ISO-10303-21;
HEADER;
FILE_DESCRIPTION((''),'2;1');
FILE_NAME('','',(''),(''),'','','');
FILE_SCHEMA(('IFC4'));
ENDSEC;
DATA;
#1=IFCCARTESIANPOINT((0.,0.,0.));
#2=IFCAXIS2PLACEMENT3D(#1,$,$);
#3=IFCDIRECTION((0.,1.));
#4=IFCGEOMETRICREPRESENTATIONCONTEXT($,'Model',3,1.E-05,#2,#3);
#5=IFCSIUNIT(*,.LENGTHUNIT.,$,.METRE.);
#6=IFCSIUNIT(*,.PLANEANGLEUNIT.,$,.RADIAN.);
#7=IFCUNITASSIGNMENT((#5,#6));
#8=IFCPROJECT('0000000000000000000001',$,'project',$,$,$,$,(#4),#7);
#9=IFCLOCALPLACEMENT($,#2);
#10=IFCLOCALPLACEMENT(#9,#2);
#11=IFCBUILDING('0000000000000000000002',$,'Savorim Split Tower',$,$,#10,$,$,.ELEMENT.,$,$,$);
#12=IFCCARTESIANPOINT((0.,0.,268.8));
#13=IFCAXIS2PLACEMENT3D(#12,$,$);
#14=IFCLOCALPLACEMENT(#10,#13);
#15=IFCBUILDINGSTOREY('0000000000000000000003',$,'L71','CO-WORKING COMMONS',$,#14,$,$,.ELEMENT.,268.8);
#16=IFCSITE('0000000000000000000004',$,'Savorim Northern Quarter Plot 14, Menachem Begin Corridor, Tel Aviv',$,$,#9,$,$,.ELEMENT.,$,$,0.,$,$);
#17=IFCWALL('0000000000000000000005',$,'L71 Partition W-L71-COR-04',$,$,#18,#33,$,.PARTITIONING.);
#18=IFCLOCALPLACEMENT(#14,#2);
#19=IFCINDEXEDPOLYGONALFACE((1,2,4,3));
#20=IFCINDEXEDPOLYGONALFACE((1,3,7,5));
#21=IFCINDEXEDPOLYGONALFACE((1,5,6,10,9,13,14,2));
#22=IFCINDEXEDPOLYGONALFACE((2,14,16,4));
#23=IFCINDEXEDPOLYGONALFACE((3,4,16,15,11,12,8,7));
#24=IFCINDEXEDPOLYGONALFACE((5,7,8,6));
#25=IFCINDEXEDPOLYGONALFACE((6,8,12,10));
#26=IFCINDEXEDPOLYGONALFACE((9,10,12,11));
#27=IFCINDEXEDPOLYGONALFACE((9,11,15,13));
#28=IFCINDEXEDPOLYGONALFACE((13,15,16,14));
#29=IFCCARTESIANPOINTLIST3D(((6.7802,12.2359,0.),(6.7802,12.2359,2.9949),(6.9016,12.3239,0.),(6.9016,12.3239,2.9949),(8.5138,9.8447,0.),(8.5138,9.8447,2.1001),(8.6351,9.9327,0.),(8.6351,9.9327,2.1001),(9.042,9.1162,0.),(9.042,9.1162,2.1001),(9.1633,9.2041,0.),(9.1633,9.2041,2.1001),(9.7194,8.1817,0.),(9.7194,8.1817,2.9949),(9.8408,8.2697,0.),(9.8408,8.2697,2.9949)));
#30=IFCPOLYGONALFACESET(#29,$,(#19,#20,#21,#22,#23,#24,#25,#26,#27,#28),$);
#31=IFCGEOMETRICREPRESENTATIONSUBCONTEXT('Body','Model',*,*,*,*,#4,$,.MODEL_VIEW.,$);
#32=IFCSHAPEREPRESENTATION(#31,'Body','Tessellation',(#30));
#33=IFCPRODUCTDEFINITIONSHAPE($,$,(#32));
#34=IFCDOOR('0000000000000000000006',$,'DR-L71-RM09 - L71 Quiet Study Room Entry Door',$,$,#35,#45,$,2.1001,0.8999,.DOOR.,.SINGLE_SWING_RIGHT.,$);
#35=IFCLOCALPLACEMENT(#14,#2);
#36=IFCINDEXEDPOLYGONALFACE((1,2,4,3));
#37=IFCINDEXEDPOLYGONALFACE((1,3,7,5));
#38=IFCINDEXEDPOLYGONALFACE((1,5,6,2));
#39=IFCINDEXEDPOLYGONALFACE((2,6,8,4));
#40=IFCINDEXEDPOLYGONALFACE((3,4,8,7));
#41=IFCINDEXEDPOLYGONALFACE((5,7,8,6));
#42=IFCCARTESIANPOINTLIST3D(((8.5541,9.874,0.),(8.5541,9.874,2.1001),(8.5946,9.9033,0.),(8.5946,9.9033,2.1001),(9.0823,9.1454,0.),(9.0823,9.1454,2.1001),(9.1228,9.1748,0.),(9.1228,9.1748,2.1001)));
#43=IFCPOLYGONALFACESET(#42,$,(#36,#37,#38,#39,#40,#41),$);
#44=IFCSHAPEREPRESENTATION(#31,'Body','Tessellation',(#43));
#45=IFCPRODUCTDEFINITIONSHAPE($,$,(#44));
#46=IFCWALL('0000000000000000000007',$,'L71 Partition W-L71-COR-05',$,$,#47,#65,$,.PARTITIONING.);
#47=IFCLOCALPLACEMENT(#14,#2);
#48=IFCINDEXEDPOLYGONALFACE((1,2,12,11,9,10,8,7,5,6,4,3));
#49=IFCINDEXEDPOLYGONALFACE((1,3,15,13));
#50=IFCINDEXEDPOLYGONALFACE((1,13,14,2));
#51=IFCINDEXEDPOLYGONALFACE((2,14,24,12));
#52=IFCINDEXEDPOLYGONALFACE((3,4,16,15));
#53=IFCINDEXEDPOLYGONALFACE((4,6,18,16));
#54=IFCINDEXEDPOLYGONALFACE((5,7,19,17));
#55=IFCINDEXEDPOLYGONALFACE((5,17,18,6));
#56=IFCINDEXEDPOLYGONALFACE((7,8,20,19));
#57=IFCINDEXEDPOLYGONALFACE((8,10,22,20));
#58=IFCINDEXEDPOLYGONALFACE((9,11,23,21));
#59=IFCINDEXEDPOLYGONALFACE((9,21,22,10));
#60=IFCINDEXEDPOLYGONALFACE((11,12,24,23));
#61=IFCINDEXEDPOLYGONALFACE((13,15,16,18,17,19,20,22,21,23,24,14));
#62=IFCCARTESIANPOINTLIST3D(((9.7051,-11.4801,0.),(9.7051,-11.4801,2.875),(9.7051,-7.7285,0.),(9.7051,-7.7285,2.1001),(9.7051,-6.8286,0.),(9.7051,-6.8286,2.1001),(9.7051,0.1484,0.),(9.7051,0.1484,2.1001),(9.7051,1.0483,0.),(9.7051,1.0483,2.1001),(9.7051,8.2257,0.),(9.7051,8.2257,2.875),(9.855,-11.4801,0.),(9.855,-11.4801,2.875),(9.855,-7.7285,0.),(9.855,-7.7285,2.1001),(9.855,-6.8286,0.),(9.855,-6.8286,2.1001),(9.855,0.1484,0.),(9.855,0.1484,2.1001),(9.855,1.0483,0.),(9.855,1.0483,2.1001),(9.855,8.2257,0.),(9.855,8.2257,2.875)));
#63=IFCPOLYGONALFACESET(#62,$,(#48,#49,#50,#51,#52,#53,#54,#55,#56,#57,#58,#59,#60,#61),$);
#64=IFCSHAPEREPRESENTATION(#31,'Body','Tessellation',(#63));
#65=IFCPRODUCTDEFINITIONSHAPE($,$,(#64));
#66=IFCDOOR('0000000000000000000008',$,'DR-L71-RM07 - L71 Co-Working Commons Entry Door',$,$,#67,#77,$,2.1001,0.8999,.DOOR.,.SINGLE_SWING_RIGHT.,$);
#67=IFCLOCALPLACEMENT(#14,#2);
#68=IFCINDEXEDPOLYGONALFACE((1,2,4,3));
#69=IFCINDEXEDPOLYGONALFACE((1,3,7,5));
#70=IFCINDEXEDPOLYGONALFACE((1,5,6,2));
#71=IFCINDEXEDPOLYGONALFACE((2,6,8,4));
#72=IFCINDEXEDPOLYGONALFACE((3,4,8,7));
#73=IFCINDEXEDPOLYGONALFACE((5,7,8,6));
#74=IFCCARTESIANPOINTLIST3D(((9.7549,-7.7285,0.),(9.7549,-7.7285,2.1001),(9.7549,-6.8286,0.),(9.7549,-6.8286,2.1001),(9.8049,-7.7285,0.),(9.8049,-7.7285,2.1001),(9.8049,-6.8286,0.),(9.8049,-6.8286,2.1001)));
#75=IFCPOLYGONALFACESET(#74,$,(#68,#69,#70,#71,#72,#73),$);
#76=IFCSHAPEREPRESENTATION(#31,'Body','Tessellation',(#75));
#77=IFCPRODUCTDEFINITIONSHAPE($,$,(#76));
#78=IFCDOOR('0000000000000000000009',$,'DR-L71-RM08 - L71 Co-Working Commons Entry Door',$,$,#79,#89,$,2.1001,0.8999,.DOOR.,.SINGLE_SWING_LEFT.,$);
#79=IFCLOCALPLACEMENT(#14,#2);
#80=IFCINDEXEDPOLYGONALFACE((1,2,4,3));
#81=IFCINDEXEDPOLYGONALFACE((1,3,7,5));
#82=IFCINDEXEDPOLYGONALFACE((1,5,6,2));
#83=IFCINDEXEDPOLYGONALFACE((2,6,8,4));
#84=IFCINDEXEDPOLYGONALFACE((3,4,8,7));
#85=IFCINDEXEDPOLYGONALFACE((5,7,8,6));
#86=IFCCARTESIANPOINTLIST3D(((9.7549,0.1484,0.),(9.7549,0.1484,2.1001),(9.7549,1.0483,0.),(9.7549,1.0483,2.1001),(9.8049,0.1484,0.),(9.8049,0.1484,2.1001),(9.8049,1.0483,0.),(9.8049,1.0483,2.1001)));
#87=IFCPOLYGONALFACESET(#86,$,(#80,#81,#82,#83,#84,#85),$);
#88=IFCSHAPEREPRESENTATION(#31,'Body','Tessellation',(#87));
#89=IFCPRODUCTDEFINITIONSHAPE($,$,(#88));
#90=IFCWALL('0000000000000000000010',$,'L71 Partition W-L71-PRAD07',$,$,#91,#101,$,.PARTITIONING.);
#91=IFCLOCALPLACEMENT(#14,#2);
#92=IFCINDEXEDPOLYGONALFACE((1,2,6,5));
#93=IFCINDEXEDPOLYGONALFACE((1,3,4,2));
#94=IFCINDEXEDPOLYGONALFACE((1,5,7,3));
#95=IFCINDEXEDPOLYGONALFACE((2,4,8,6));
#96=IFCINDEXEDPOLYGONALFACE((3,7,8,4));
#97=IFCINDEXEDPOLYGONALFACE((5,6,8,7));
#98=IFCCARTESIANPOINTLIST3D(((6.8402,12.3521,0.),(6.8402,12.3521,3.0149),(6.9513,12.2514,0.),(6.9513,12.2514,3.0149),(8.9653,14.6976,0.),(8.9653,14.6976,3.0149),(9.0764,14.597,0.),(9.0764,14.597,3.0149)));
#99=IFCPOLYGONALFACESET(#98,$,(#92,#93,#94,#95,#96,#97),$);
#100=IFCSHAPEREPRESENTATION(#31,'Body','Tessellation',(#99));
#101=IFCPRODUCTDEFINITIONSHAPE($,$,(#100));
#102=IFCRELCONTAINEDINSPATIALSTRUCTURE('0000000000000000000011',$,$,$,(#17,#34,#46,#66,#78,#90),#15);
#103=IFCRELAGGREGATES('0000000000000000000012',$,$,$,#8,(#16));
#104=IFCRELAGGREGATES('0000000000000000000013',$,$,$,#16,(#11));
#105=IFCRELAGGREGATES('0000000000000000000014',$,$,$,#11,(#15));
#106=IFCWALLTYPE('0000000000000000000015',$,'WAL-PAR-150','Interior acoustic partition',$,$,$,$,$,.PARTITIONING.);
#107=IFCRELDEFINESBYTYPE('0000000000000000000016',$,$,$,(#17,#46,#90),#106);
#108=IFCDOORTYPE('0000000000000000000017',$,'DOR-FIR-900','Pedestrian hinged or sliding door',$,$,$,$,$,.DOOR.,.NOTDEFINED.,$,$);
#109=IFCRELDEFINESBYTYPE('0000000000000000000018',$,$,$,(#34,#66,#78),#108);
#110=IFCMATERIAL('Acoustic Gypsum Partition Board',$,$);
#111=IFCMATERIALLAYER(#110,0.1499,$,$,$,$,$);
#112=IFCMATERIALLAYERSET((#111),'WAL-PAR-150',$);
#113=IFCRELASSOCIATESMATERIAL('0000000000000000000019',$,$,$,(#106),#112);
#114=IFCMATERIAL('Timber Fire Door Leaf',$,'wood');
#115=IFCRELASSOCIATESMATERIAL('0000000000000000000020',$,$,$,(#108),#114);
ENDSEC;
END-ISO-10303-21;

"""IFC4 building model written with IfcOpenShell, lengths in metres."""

from ifc_helpers import new_model, si_unit, direction, frame, frame_2d, origin, place, context, subcontext, project, spatial, rectangle, extrude, material, layer, layer_set, type_object, element, fill, save


model = new_model("IFC4")

# Units and contexts
model_context = context("Model", 3, precision=1e-05, world=origin(), true_north=direction((0.0, 1.0)))
body_context = subcontext(model_context, "Body", "Model", "MODEL_VIEW")
ifc_project = project(units=[si_unit("LENGTHUNIT", "METRE"), si_unit("PLANEANGLEUNIT", "RADIAN")], contexts=[model_context])

# Site, building, storey
site_placement = place(None, origin())
site = spatial("IfcSite", under=ifc_project, at=site_placement, Name="Savorim Northern Quarter Plot 14, Menachem Begin Corridor, Tel Aviv", CompositionType="ELEMENT", RefElevation=0.0)
building_placement = place(site_placement, origin())
building = spatial("IfcBuilding", under=site, at=building_placement, Name="Savorim Split Tower", CompositionType="ELEMENT")
storey_placement = place(building_placement, frame((0.0, 0.0, 268.8)))
storey = spatial("IfcBuildingStorey", under=building, at=storey_placement, Name="L71", Description="CO-WORKING COMMONS", CompositionType="ELEMENT", Elevation=268.8)

# Shared definitions
ifc_material_1 = material(Name="Timber Fire Door Leaf", Category="wood")

# Wall, opening, door
ifc_material_2 = material(Name="Acoustic Gypsum Partition Board")
ifc_layer_1 = layer(ifc_material_2, 0.1499)
ifc_layer_set_1 = layer_set([ifc_layer_1], Name="WAL-PAR-150")
wall_type_1 = type_object("IfcWallType", Name="WAL-PAR-150", Description="Interior acoustic partition", PredefinedType="PARTITIONING", material=ifc_layer_set_1)
wall_1_placement = place(storey_placement, frame((6.8408, 12.28, 0.0), z_axis=(0.0, 0.0, 1.0), x_axis=(0.586956, -0.809619, 0.0)))
wall_1 = element("IfcWall", 1, at=wall_1_placement, inside=storey, type_object=wall_type_1, Name="L71 Partition W-L71-COR-04", PredefinedType="PARTITIONING", context=body_context, shape_type="SweptSolid", body=[
    extrude(rectangle(XDim=5.0076, YDim=0.1499, at=frame_2d((2.5039, 0.0))), origin(), (0.0, 0.0, 1.0), 2.9949),
])
opening_1_placement = place(wall_1_placement, frame((2.9536, 0.0, 0.0)))
opening_1 = element("IfcOpeningElement", 2, at=opening_1_placement, cuts=wall_1, PredefinedType="OPENING", context=body_context, shape_type="SweptSolid", body=[
    extrude(rectangle(XDim=0.8999, YDim=2.1001, at=frame_2d((0.45, 1.05))), frame((0.0, 0.085, 0.0), z_axis=(0.0, -1.0, 0.0), x_axis=(1.0, 0.0, 0.0)), (0.0, 0.0, 1.0), 0.1699),
])
door_type_1 = type_object("IfcDoorType", Name="DOR-FIR-900", Description="Pedestrian hinged or sliding door", OperationType="NOTDEFINED", PredefinedType="DOOR", material=ifc_material_1)
door_1_placement = place(opening_1_placement, origin())
door_1 = element("IfcDoor", 3, at=door_1_placement, inside=storey, type_object=door_type_1, Name="DR-L71-RM09 - L71 Quiet Study Room Entry Door", OperationType="SINGLE_SWING_RIGHT", OverallHeight=2.1001, OverallWidth=0.8999, PredefinedType="DOOR", context=body_context, shape_type="SweptSolid", body=[
    extrude(rectangle(XDim=0.8999, YDim=2.1001, at=frame_2d((0.45, 1.05))), frame((0.0, 0.0249, 0.0), z_axis=(0.0, -1.0, 0.0), x_axis=(1.0, 0.0, 0.0)), (0.0, 0.0, 1.0), 0.05),
])
fill(opening_1, door_1)

# Wall, openings, doors
wall_2_placement = place(storey_placement, frame((9.78, 8.2258, 0.0), z_axis=(0.0, 0.0, 1.0), x_axis=(0.0, -1.0, 0.0)))
wall_2 = element("IfcWall", 4, at=wall_2_placement, inside=storey, type_object=wall_type_1, Name="L71 Partition W-L71-COR-05", PredefinedType="PARTITIONING", context=body_context, shape_type="SweptSolid", body=[
    extrude(rectangle(XDim=19.7058, YDim=0.1499, at=frame_2d((9.853, 0.0))), origin(), (0.0, 0.0, 1.0), 2.875),
])
opening_2_placement = place(wall_2_placement, frame((15.0544, 0.0, 0.0)))
opening_2 = element("IfcOpeningElement", 5, at=opening_2_placement, cuts=wall_2, PredefinedType="OPENING", context=body_context, shape_type="SweptSolid", body=[
    extrude(rectangle(XDim=0.8999, YDim=2.1001, at=frame_2d((0.45, 1.05))), frame((0.0, 0.085, 0.0), z_axis=(0.0, -1.0, 0.0), x_axis=(1.0, 0.0, 0.0)), (0.0, 0.0, 1.0), 0.1699),
])
opening_3_placement = place(wall_2_placement, frame((7.1775, 0.0, 0.0)))
opening_3 = element("IfcOpeningElement", 6, at=opening_3_placement, cuts=wall_2, PredefinedType="OPENING", context=body_context, shape_type="SweptSolid", body=[
    extrude(rectangle(XDim=0.8999, YDim=2.1001, at=frame_2d((0.45, 1.05))), frame((0.0, 0.085, 0.0), z_axis=(0.0, -1.0, 0.0), x_axis=(1.0, 0.0, 0.0)), (0.0, 0.0, 1.0), 0.1699),
])
door_2_placement = place(opening_2_placement, origin())
door_2 = element("IfcDoor", 7, at=door_2_placement, inside=storey, type_object=door_type_1, Name="DR-L71-RM07 - L71 Co-Working Commons Entry Door", OperationType="SINGLE_SWING_RIGHT", OverallHeight=2.1001, OverallWidth=0.8999, PredefinedType="DOOR", context=body_context, shape_type="SweptSolid", body=[
    extrude(rectangle(XDim=0.8999, YDim=2.1001, at=frame_2d((0.45, 1.05))), frame((0.0, 0.0249, 0.0), z_axis=(0.0, -1.0, 0.0), x_axis=(1.0, 0.0, 0.0)), (0.0, 0.0, 1.0), 0.05),
])
fill(opening_2, door_2)
door_3_placement = place(opening_3_placement, origin())
door_3 = element("IfcDoor", 8, at=door_3_placement, inside=storey, type_object=door_type_1, Name="DR-L71-RM08 - L71 Co-Working Commons Entry Door", OperationType="SINGLE_SWING_LEFT", OverallHeight=2.1001, OverallWidth=0.8999, PredefinedType="DOOR", context=body_context, shape_type="SweptSolid", body=[
    extrude(rectangle(XDim=0.8999, YDim=2.1001, at=frame_2d((0.45, 1.05))), frame((0.0, 0.0249, 0.0), z_axis=(0.0, -1.0, 0.0), x_axis=(1.0, 0.0, 0.0)), (0.0, 0.0, 1.0), 0.05),
])
fill(opening_3, door_3)

# Wall
wall_3_placement = place(storey_placement, frame((6.8958, 12.3018, 0.0), z_axis=(0.0, 0.0, 1.0), x_axis=(0.67142, 0.741077, 0.0)))
element("IfcWall", 9, at=wall_3_placement, inside=storey, type_object=wall_type_1, Name="L71 Partition W-L71-PRAD07", PredefinedType="PARTITIONING", context=body_context, shape_type="SweptSolid", body=[
    extrude(rectangle(XDim=3.165, YDim=0.1499, at=frame_2d((1.5825, 0.0))), origin(), (0.0, 0.0, 1.0), 3.0149),
])

save(model, "model.ifc")
